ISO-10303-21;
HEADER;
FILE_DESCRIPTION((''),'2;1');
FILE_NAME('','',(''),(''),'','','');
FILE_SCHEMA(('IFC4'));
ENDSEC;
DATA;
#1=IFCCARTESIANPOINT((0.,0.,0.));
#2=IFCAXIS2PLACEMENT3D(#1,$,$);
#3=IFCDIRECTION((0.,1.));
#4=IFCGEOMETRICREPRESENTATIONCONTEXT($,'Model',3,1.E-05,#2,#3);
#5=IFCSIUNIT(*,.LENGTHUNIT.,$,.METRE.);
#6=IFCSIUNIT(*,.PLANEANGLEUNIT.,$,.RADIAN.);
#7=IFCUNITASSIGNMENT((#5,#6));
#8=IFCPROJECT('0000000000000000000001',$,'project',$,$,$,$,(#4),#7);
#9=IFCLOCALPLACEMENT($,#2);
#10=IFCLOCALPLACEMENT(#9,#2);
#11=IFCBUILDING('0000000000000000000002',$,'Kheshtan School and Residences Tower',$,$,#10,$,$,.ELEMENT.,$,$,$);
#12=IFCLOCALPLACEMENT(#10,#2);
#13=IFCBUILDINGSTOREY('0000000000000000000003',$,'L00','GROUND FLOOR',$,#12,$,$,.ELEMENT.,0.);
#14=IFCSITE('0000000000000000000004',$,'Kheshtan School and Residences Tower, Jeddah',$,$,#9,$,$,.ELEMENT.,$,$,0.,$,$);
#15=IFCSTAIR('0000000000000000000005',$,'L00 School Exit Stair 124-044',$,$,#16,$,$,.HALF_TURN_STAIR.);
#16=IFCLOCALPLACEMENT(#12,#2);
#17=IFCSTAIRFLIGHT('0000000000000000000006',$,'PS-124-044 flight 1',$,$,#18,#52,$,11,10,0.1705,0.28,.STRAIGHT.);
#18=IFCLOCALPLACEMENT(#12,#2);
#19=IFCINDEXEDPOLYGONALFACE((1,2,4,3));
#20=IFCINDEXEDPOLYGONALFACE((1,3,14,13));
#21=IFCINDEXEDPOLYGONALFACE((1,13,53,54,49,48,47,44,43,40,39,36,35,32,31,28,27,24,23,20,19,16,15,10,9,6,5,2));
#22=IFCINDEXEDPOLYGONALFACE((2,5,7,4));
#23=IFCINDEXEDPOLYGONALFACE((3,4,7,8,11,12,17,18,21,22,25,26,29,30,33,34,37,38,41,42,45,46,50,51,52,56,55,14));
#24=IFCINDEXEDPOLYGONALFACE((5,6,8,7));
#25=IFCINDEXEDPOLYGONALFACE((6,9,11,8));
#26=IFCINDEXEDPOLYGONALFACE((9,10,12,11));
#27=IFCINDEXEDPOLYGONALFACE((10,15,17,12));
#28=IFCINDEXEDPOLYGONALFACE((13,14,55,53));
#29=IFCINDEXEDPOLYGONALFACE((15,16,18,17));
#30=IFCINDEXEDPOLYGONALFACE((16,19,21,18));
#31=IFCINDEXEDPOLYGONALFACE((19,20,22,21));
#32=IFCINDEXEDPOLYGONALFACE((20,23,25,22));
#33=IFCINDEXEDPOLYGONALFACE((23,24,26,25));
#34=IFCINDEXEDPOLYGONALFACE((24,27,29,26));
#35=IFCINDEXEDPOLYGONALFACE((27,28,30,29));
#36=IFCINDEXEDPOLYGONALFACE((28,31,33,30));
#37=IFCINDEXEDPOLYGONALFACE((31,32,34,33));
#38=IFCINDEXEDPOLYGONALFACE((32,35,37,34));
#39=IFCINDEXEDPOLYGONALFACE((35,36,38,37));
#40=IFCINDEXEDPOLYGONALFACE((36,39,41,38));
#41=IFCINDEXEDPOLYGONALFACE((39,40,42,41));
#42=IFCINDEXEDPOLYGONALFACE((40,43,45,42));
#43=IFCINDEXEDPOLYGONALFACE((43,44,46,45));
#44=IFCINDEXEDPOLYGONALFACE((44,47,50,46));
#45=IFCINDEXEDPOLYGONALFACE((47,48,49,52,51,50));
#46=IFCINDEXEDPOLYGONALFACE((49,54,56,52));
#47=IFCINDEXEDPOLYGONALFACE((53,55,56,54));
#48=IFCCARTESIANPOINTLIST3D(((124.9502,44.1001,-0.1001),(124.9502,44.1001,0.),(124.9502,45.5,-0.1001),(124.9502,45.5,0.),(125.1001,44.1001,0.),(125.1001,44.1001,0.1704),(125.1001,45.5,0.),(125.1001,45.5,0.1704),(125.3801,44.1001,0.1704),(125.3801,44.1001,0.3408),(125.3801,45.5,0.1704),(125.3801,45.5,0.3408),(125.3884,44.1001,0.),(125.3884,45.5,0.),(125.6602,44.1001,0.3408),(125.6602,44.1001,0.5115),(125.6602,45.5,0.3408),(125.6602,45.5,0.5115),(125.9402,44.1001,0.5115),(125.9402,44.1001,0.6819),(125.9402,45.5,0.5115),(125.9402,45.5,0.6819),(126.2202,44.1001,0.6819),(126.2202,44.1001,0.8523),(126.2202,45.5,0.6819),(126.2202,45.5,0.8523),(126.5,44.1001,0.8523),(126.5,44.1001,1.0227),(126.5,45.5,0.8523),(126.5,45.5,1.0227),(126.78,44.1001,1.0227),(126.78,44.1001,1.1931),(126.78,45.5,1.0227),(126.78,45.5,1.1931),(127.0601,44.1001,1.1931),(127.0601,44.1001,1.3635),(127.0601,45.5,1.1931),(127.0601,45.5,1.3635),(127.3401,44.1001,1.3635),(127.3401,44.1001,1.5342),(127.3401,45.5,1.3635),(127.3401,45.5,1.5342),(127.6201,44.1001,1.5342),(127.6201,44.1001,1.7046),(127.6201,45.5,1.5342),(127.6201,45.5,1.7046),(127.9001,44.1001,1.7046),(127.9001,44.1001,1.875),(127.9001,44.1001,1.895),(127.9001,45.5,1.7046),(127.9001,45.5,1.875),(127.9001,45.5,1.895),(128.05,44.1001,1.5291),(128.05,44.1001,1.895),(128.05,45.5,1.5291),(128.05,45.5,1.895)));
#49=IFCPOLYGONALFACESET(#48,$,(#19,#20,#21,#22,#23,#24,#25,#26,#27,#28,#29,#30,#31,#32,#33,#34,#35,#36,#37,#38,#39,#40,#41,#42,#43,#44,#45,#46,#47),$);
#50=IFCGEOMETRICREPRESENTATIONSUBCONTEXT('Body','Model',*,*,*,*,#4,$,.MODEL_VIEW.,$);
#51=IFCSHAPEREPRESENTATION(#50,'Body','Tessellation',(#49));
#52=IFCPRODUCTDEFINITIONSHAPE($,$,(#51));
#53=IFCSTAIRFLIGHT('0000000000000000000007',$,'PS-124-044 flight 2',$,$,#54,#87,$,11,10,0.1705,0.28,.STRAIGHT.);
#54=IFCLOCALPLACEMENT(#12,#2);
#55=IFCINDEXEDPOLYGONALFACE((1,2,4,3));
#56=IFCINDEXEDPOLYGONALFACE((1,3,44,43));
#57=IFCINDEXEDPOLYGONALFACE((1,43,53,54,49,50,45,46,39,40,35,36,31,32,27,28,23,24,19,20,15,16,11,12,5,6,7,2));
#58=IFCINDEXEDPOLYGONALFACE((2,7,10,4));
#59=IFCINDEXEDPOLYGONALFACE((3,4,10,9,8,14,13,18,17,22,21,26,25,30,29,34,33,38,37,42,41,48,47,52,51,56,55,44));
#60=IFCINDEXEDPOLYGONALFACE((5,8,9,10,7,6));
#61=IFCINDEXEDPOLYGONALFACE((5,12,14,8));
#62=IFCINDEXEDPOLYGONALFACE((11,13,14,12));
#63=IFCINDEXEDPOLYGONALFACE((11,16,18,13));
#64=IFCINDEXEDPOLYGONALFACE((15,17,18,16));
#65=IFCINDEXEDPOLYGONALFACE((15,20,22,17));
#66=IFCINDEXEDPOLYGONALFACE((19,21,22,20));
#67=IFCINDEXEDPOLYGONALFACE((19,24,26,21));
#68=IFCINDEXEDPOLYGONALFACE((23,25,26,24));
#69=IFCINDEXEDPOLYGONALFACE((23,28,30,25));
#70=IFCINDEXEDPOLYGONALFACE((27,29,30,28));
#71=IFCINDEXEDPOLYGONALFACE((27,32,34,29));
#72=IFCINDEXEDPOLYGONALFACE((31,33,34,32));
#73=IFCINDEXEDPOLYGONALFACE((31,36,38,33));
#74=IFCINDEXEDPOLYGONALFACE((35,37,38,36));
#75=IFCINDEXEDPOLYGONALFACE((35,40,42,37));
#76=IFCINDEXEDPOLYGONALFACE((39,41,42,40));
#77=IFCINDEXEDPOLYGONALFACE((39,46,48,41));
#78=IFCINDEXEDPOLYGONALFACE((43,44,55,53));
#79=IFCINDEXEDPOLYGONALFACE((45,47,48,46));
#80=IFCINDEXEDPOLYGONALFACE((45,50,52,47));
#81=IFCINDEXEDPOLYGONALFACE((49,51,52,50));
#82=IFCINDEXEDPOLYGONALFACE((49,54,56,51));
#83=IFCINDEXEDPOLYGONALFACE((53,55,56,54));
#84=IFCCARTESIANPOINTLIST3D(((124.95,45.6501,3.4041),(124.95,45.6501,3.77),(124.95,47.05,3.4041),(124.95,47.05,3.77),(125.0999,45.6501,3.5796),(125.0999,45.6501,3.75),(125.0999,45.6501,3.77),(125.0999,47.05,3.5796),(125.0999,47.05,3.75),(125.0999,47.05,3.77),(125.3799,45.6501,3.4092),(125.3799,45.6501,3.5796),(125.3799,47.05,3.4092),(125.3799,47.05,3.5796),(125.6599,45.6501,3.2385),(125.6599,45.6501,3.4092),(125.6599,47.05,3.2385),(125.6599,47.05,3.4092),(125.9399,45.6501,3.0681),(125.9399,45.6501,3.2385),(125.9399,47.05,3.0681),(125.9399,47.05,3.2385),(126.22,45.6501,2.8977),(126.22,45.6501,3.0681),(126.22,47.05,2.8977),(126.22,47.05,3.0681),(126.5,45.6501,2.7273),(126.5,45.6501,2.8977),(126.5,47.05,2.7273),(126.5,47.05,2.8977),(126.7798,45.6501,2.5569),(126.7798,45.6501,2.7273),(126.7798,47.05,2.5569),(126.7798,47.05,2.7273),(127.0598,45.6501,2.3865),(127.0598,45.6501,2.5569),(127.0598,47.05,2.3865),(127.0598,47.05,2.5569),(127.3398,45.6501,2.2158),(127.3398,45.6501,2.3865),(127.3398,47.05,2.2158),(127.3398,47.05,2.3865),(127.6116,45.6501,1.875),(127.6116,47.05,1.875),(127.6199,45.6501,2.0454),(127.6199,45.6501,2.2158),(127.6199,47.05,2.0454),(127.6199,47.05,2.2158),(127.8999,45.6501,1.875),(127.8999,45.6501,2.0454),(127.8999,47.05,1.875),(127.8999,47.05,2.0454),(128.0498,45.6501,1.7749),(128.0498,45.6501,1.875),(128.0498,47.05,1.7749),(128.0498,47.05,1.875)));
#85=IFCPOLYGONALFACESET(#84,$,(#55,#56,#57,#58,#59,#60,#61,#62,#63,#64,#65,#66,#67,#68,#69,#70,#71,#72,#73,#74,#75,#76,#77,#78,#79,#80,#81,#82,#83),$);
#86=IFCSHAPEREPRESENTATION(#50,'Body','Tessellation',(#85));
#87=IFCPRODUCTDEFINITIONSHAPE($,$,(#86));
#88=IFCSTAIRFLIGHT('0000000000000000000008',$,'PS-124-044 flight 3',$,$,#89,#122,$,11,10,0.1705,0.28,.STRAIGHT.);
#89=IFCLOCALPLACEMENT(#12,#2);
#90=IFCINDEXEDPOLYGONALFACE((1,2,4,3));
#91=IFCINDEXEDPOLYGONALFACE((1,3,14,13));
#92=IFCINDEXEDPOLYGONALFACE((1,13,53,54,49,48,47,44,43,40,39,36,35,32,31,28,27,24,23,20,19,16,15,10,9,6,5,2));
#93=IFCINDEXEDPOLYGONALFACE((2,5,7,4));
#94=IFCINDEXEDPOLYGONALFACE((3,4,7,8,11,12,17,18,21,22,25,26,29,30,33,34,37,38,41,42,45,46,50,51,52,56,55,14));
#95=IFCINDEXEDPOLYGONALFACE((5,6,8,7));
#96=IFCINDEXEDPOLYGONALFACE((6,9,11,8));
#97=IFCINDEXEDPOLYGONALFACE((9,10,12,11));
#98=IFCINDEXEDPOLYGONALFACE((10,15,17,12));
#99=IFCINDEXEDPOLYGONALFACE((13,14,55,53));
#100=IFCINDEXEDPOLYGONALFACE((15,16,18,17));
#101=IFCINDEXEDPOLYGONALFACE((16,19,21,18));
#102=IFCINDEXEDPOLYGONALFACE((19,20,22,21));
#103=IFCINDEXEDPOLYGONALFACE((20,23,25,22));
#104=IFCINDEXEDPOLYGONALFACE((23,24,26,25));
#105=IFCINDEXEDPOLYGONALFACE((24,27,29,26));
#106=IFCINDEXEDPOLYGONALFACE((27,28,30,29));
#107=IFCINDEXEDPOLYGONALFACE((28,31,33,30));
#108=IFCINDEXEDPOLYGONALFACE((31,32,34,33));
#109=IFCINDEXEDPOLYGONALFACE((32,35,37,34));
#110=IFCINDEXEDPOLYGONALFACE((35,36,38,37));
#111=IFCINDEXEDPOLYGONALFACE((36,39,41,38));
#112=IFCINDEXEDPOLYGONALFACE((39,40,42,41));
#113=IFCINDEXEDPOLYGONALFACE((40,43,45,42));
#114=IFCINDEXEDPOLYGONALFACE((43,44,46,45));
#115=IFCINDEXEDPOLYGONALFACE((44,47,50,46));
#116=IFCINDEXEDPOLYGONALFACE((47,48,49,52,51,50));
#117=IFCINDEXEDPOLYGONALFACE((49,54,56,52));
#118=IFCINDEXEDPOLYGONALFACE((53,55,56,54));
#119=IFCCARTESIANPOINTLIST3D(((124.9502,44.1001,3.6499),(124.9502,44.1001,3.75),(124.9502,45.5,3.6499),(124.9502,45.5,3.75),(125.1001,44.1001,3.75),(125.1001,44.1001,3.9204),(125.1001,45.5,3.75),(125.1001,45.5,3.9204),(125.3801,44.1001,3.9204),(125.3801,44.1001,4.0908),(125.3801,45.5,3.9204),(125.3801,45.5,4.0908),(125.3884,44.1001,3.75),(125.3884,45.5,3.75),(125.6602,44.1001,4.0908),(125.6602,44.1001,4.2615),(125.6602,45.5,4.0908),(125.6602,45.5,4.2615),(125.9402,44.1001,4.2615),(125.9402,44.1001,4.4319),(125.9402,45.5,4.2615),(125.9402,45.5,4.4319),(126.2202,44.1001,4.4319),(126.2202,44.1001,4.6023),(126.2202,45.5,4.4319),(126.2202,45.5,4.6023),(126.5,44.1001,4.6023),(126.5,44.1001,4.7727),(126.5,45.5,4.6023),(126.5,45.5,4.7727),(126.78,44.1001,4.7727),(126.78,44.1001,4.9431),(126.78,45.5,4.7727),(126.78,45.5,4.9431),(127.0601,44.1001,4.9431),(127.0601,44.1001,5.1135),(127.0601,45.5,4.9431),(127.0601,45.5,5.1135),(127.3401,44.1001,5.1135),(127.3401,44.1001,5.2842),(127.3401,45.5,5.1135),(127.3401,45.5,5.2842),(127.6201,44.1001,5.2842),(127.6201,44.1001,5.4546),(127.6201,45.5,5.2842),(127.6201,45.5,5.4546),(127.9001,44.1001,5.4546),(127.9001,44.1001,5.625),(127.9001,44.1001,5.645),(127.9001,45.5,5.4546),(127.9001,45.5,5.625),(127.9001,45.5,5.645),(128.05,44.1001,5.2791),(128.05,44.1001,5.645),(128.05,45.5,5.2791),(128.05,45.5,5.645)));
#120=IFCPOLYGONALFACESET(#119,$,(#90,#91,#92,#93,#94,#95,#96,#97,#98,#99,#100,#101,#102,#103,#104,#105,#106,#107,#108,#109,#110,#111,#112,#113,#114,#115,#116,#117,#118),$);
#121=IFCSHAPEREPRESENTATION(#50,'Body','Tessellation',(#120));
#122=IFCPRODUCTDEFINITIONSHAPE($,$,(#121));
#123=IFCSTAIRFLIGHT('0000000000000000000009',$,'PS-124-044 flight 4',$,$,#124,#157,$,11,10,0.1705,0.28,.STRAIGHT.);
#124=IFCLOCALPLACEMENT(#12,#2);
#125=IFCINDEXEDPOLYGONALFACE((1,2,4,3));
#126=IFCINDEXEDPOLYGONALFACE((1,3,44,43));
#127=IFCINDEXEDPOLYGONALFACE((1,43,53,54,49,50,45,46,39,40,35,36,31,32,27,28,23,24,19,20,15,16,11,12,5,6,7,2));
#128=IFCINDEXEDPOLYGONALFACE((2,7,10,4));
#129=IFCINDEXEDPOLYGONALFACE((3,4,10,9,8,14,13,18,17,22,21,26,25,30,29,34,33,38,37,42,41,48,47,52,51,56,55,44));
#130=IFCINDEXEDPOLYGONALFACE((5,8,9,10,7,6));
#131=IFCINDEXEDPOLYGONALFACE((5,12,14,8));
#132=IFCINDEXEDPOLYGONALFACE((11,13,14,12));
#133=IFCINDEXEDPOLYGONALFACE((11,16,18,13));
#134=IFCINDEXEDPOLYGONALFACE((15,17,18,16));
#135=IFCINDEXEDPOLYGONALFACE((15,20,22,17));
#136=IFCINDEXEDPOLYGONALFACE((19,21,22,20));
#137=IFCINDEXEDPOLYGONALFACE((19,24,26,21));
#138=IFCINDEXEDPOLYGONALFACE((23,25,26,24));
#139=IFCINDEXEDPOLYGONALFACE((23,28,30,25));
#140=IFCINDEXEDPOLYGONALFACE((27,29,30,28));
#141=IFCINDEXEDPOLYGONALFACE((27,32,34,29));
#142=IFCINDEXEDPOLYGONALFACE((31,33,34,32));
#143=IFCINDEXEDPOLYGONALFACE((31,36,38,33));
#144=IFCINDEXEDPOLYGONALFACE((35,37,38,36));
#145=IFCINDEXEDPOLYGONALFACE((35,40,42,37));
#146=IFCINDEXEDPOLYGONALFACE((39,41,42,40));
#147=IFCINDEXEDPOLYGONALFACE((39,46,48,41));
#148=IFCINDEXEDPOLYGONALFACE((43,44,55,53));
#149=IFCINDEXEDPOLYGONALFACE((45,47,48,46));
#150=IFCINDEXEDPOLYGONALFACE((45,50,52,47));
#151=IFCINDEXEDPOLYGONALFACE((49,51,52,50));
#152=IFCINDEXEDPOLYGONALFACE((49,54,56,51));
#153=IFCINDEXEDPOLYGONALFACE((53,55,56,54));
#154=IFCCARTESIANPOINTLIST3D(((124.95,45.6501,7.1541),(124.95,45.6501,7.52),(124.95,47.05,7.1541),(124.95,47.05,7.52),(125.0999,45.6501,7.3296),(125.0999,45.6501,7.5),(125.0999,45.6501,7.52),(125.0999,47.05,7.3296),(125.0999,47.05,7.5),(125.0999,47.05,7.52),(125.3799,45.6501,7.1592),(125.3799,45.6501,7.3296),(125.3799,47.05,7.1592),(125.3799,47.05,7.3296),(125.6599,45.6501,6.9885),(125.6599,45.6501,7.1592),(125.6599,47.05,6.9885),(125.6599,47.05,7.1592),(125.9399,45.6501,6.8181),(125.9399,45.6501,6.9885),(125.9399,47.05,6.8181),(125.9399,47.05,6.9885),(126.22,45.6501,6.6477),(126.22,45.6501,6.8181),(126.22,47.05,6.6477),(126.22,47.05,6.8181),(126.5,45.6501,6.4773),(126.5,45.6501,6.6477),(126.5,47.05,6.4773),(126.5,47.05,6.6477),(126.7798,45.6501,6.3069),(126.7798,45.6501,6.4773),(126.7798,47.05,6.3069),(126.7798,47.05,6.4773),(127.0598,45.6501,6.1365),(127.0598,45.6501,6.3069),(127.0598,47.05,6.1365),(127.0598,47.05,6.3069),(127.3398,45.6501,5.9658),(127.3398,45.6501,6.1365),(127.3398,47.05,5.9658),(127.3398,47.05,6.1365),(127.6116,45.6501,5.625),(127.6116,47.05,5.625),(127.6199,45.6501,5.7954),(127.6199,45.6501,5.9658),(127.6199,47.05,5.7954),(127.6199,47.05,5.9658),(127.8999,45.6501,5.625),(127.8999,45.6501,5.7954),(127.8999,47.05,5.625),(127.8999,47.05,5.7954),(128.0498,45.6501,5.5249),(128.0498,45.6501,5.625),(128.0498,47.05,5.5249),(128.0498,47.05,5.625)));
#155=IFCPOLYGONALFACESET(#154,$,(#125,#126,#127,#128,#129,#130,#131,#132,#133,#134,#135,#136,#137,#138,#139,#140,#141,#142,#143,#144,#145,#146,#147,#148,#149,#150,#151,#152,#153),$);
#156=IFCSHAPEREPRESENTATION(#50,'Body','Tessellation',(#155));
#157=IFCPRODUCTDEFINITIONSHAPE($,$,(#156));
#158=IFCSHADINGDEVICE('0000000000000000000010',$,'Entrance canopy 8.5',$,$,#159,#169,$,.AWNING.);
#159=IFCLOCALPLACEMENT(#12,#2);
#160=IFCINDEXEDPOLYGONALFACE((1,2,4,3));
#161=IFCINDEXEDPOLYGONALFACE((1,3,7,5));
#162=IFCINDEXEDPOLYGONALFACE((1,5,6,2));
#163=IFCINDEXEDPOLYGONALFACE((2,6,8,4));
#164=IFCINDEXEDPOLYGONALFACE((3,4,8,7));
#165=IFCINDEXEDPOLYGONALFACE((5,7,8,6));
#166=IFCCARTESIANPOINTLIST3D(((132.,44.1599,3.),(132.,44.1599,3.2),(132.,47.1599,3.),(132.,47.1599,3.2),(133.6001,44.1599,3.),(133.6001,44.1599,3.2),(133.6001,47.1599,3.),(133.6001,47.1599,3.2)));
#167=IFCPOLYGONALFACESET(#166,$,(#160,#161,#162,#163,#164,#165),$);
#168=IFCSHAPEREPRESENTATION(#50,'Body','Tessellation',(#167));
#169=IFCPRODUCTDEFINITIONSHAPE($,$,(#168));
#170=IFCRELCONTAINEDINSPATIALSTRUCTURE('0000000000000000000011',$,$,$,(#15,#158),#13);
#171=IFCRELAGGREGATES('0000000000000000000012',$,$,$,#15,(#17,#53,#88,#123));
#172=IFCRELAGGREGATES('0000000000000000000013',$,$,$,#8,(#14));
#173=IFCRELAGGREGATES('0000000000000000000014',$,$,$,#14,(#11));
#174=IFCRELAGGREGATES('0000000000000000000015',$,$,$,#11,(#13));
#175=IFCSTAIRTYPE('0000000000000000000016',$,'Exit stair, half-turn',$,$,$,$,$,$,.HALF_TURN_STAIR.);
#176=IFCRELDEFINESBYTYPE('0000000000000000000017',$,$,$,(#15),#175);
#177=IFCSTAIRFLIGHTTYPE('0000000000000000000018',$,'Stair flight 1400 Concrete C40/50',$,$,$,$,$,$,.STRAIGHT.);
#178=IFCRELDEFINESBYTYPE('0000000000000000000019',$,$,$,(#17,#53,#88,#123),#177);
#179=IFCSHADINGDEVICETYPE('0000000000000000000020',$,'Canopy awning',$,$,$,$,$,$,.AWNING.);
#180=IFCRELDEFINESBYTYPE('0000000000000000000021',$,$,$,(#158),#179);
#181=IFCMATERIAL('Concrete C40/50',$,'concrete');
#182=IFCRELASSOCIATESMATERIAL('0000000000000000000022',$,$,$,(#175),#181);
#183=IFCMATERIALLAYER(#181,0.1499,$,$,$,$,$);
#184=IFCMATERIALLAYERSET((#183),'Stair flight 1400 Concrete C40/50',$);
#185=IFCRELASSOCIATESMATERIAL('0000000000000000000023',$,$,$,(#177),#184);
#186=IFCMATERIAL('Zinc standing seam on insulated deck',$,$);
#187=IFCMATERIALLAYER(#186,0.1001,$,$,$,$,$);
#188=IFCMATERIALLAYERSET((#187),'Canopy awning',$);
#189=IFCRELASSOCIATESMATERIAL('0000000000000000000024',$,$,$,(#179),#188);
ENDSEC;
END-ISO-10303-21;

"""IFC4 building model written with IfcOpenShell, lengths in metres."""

from ifc_helpers import new_model, si_unit, direction, frame, origin, origin_2d, place, context, subcontext, project, spatial, polyline, rectangle, outline, extrude, material, layer, layer_set, type_object, element, aggregate, save


model = new_model("IFC4")

# Units and contexts
model_context = context("Model", 3, precision=1e-05, world=origin(), true_north=direction((0.0, 1.0)))
body_context = subcontext(model_context, "Body", "Model", "MODEL_VIEW")
ifc_project = project(units=[si_unit("LENGTHUNIT", "METRE"), si_unit("PLANEANGLEUNIT", "RADIAN")], contexts=[model_context])

# Site, building, storey
site_placement = place(None, origin())
site = spatial("IfcSite", under=ifc_project, at=site_placement, Name="Kheshtan School and Residences Tower, Jeddah", CompositionType="ELEMENT", RefElevation=0.0)
building_placement = place(site_placement, origin())
building = spatial("IfcBuilding", under=site, at=building_placement, Name="Kheshtan School and Residences Tower", CompositionType="ELEMENT")
storey_placement = place(building_placement, origin())
storey = spatial("IfcBuildingStorey", under=building, at=storey_placement, Name="L00", Description="GROUND FLOOR", CompositionType="ELEMENT", Elevation=0.0)

# Shared definitions
ifc_material_1 = material(Name="Concrete C40/50", Category="concrete")

# Stair, stair flights
stair_type = type_object("IfcStairType", Name="Exit stair, half-turn", PredefinedType="HALF_TURN_STAIR", material=ifc_material_1)
stair_placement = place(storey_placement, origin())
stair = element("IfcStair", 1, at=stair_placement, inside=storey, type_object=stair_type, Name="L00 School Exit Stair 124-044", PredefinedType="HALF_TURN_STAIR")
ifc_layer_1 = layer(ifc_material_1, 0.1499)
ifc_layer_set_1 = layer_set([ifc_layer_1], Name="Stair flight 1400 Concrete C40/50")
stair_flight_type = type_object("IfcStairFlightType", Name="Stair flight 1400 Concrete C40/50", PredefinedType="STRAIGHT", material=ifc_layer_set_1)
stair_flight_1_placement = place(storey_placement, frame((125.1001, 44.8, 0.0), z_axis=(0.0, 0.0, 1.0), x_axis=(1.0, 0.0, 0.0)))
stair_flight_1 = element("IfcStairFlight", 2, at=stair_flight_1_placement, type_object=stair_flight_type, Name="PS-124-044 flight 1", NumberOfRisers=11, NumberOfTreads=10, PredefinedType="STRAIGHT", RiserHeight=0.1705, TreadLength=0.28, context=body_context, shape_type="SweptSolid", body=[
    extrude(outline(polyline([(-0.1499, -0.1001), (-0.1499, 0.0), (0.0, 0.0), (0.0, 0.1704), (0.28, 0.1704), (0.28, 0.3408), (0.5601, 0.3408), (0.5601, 0.5115), (0.8401, 0.5115), (0.8401, 0.6819), (1.1201, 0.6819), (1.1201, 0.8523), (1.3999, 0.8523), (1.3999, 1.0227), (1.6799, 1.0227), (1.6799, 1.1931), (1.96, 1.1931), (1.96, 1.3635), (2.24, 1.3635), (2.24, 1.5342), (2.52, 1.5342), (2.52, 1.7046), (2.8, 1.7046), (2.8, 1.875), (2.8, 1.895), (2.95, 1.895), (2.95, 1.5291), (0.2883, 0.0), (-0.1499, -0.1001)])), frame((0.0, 0.7, 0.0), z_axis=(0.0, -1.0, 0.0), x_axis=(1.0, 0.0, 0.0)), (0.0, 0.0, 1.0), 1.3999),
])
stair_flight_2_placement = place(storey_placement, frame((127.8999, 46.3501, 1.875), z_axis=(0.0, 0.0, 1.0), x_axis=(-1.0, 0.0, 0.0)))
stair_flight_2 = element("IfcStairFlight", 3, at=stair_flight_2_placement, type_object=stair_flight_type, Name="PS-124-044 flight 2", NumberOfRisers=11, NumberOfTreads=10, PredefinedType="STRAIGHT", RiserHeight=0.1705, TreadLength=0.28, context=body_context, shape_type="SweptSolid", body=[
    extrude(outline(polyline([(-0.1499, -0.1001), (-0.1499, 0.0), (0.0, 0.0), (0.0, 0.1704), (0.28, 0.1704), (0.28, 0.3408), (0.5601, 0.3408), (0.5601, 0.5115), (0.8401, 0.5115), (0.8401, 0.6819), (1.1201, 0.6819), (1.1201, 0.8523), (1.3999, 0.8523), (1.3999, 1.0227), (1.6799, 1.0227), (1.6799, 1.1931), (1.96, 1.1931), (1.96, 1.3635), (2.24, 1.3635), (2.24, 1.5342), (2.52, 1.5342), (2.52, 1.7046), (2.8, 1.7046), (2.8, 1.875), (2.8, 1.895), (2.95, 1.895), (2.95, 1.5291), (0.2883, 0.0), (-0.1499, -0.1001)])), frame((0.0, 0.7, 0.0), z_axis=(0.0, -1.0, 0.0), x_axis=(1.0, 0.0, 0.0)), (0.0, 0.0, 1.0), 1.3999),
])
stair_flight_3_placement = place(storey_placement, frame((125.1001, 44.8, 3.75), z_axis=(0.0, 0.0, 1.0), x_axis=(1.0, 0.0, 0.0)))
stair_flight_3 = element("IfcStairFlight", 4, at=stair_flight_3_placement, type_object=stair_flight_type, Name="PS-124-044 flight 3", NumberOfRisers=11, NumberOfTreads=10, PredefinedType="STRAIGHT", RiserHeight=0.1705, TreadLength=0.28, context=body_context, shape_type="SweptSolid", body=[
    extrude(outline(polyline([(-0.1499, -0.1001), (-0.1499, 0.0), (0.0, 0.0), (0.0, 0.1704), (0.28, 0.1704), (0.28, 0.3408), (0.5601, 0.3408), (0.5601, 0.5115), (0.8401, 0.5115), (0.8401, 0.6819), (1.1201, 0.6819), (1.1201, 0.8523), (1.3999, 0.8523), (1.3999, 1.0227), (1.6799, 1.0227), (1.6799, 1.1931), (1.96, 1.1931), (1.96, 1.3635), (2.24, 1.3635), (2.24, 1.5342), (2.52, 1.5342), (2.52, 1.7046), (2.8, 1.7046), (2.8, 1.875), (2.8, 1.895), (2.95, 1.895), (2.95, 1.5291), (0.2883, 0.0), (-0.1499, -0.1001)])), frame((0.0, 0.7, 0.0), z_axis=(0.0, -1.0, 0.0), x_axis=(1.0, 0.0, 0.0)), (0.0, 0.0, 1.0), 1.3999),
])
stair_flight_4_placement = place(storey_placement, frame((127.8999, 46.3501, 5.625), z_axis=(0.0, 0.0, 1.0), x_axis=(-1.0, 0.0, 0.0)))
stair_flight_4 = element("IfcStairFlight", 5, at=stair_flight_4_placement, type_object=stair_flight_type, Name="PS-124-044 flight 4", NumberOfRisers=11, NumberOfTreads=10, PredefinedType="STRAIGHT", RiserHeight=0.1705, TreadLength=0.28, context=body_context, shape_type="SweptSolid", body=[
    extrude(outline(polyline([(-0.1499, -0.1001), (-0.1499, 0.0), (0.0, 0.0), (0.0, 0.1704), (0.28, 0.1704), (0.28, 0.3408), (0.5601, 0.3408), (0.5601, 0.5115), (0.8401, 0.5115), (0.8401, 0.6819), (1.1201, 0.6819), (1.1201, 0.8523), (1.3999, 0.8523), (1.3999, 1.0227), (1.6799, 1.0227), (1.6799, 1.1931), (1.96, 1.1931), (1.96, 1.3635), (2.24, 1.3635), (2.24, 1.5342), (2.52, 1.5342), (2.52, 1.7046), (2.8, 1.7046), (2.8, 1.875), (2.8, 1.895), (2.95, 1.895), (2.95, 1.5291), (0.2883, 0.0), (-0.1499, -0.1001)])), frame((0.0, 0.7, 0.0), z_axis=(0.0, -1.0, 0.0), x_axis=(1.0, 0.0, 0.0)), (0.0, 0.0, 1.0), 1.3999),
])
aggregate(stair, [stair_flight_1, stair_flight_2, stair_flight_3, stair_flight_4])

# Shading device
ifc_material_2 = material(Name="Zinc standing seam on insulated deck")
ifc_layer_2 = layer(ifc_material_2, 0.1001)
ifc_layer_set_2 = layer_set([ifc_layer_2], Name="Canopy awning")
shading_device_type = type_object("IfcShadingDeviceType", Name="Canopy awning", PredefinedType="AWNING", material=ifc_layer_set_2)
shading_device_placement = place(storey_placement, frame((132.8, 45.6599, 3.0), z_axis=(0.0, 0.0, 1.0), x_axis=(0.0, -1.0, 0.0)))
element("IfcShadingDevice", 6, at=shading_device_placement, inside=storey, type_object=shading_device_type, Name="Entrance canopy 8.5", PredefinedType="AWNING", context=body_context, shape_type="SweptSolid", body=[
    extrude(rectangle(XDim=3.0, YDim=1.6001, at=origin_2d()), origin(), (0.0, 0.0, 1.0), 0.2),
])

save(model, "model.ifc")
